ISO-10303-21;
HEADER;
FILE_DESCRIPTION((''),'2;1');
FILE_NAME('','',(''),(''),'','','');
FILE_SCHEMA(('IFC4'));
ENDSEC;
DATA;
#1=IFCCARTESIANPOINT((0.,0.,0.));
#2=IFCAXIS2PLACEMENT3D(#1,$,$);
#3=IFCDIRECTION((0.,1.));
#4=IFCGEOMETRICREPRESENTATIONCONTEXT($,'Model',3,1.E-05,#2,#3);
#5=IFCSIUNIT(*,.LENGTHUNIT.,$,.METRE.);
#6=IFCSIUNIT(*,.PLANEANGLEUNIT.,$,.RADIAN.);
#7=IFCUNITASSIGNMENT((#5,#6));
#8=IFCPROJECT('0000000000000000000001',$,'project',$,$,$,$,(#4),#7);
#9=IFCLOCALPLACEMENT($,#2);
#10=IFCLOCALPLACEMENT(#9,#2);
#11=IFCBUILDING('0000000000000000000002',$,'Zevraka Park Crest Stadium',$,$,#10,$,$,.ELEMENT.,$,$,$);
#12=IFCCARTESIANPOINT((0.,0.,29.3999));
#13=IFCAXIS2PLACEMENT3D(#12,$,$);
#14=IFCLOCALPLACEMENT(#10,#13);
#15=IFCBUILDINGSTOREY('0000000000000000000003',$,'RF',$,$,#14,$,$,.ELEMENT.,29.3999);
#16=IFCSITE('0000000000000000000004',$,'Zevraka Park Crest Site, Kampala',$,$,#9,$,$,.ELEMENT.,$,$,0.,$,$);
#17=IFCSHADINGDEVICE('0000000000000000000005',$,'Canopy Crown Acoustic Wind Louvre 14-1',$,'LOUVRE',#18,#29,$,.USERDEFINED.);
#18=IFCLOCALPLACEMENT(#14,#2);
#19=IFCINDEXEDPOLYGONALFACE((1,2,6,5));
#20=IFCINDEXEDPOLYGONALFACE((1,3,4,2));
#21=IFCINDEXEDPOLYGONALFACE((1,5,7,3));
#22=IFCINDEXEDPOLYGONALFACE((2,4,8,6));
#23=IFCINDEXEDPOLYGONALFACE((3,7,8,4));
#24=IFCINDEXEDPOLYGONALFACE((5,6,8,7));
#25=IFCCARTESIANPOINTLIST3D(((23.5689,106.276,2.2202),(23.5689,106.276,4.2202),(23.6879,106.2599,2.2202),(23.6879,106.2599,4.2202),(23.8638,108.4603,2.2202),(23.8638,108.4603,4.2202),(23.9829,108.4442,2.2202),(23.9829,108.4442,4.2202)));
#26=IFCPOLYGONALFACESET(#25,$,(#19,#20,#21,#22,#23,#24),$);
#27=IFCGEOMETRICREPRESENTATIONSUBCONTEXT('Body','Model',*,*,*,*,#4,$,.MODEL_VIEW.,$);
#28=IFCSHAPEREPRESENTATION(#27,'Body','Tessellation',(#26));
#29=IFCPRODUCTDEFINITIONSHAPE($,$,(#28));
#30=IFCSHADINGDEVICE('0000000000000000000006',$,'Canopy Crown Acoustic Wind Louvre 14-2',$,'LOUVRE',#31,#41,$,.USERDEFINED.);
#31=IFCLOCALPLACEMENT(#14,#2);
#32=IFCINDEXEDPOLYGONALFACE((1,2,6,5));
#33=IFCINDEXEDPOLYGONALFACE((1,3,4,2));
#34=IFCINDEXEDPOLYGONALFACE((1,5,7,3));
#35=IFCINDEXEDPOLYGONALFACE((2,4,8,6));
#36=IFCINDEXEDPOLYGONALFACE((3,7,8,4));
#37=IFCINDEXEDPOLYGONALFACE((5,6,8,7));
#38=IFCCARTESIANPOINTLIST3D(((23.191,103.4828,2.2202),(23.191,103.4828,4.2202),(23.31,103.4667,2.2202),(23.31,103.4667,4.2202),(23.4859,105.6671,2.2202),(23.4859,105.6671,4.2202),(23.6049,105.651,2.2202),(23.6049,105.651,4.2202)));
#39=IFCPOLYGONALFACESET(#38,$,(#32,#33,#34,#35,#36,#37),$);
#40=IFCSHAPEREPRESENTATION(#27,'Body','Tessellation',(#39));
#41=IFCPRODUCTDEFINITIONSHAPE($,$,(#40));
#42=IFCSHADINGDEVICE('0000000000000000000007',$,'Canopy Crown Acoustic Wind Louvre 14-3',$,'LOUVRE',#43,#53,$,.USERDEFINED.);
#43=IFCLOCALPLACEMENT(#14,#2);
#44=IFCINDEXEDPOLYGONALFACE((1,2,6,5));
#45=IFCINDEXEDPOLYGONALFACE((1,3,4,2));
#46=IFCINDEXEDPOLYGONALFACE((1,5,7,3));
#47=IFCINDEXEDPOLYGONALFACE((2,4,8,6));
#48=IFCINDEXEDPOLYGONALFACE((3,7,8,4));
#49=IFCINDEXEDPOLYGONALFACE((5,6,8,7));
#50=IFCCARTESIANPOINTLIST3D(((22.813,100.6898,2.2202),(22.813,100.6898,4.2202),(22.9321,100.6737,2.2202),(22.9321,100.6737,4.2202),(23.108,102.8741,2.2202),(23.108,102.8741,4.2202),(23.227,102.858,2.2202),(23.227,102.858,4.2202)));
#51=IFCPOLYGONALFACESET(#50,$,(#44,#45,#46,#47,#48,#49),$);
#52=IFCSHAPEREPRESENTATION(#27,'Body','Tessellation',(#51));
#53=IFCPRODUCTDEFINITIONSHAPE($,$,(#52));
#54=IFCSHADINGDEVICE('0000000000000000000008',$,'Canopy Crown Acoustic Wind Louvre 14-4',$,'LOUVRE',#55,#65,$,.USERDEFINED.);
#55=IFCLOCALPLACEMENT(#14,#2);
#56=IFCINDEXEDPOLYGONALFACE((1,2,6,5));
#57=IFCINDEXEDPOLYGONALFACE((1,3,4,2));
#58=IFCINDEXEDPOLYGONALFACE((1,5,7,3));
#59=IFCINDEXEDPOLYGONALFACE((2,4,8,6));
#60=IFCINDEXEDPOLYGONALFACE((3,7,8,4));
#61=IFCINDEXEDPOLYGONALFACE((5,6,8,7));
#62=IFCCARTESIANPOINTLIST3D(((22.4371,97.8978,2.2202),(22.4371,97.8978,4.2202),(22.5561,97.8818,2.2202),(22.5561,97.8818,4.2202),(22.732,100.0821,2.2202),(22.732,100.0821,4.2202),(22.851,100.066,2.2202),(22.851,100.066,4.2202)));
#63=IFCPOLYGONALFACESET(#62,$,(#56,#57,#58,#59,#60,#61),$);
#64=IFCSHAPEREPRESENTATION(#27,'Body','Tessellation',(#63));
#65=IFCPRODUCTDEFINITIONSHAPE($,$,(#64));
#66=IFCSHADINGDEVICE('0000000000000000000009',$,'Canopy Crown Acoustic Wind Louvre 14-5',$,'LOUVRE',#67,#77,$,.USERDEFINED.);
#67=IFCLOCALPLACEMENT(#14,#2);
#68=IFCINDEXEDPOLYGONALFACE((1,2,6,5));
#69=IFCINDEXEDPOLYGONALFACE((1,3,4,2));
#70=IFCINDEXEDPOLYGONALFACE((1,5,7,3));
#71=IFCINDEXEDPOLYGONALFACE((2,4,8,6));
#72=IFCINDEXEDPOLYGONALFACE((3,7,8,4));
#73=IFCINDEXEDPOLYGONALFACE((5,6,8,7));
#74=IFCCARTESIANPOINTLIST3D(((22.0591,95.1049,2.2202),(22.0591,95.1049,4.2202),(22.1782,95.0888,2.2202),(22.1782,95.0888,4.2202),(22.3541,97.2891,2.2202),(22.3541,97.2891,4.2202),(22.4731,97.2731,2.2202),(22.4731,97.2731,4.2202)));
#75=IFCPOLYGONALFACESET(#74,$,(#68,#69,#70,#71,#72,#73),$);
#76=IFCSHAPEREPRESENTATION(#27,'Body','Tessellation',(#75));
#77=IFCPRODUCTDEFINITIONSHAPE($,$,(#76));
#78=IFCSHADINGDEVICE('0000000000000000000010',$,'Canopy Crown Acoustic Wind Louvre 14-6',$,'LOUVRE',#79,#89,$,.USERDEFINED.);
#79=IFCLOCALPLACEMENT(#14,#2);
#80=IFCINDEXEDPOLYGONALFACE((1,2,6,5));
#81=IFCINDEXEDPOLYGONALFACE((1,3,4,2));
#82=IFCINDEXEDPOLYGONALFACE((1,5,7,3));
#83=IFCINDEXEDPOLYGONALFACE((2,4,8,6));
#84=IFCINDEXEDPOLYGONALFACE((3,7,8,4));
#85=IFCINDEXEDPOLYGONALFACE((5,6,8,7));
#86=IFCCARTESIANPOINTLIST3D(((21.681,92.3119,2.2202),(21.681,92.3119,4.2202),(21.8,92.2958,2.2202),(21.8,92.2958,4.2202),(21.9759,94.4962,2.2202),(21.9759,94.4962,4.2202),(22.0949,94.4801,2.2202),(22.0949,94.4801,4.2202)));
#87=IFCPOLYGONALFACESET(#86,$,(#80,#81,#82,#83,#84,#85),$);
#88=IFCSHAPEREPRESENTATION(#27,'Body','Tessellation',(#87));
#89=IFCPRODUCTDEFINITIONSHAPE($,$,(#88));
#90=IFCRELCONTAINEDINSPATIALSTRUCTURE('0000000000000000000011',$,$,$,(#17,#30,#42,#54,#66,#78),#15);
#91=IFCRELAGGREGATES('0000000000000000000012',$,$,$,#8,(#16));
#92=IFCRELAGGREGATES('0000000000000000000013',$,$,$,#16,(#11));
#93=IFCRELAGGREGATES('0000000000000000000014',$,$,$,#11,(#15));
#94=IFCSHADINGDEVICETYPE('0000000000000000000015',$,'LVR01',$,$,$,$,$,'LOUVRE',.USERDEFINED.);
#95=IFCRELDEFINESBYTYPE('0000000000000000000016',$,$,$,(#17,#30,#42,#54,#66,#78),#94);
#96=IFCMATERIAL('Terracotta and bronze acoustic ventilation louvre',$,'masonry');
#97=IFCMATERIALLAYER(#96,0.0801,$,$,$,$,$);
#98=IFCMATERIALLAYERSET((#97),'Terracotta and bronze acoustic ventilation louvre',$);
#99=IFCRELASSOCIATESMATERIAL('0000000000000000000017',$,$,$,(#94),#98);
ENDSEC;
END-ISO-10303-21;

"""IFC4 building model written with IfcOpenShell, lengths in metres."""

from ifc_helpers import new_model, si_unit, direction, frame, origin, origin_2d, place, context, subcontext, project, spatial, rectangle, extrude, material, layer, layer_set, type_object, element, save


model = new_model("IFC4")

# Units and contexts
model_context = context("Model", 3, precision=1e-05, world=origin(), true_north=direction((0.0, 1.0)))
body_context = subcontext(model_context, "Body", "Model", "MODEL_VIEW")
ifc_project = project(units=[si_unit("LENGTHUNIT", "METRE"), si_unit("PLANEANGLEUNIT", "RADIAN")], contexts=[model_context])

# Site, building, storey
site_placement = place(None, origin())
site = spatial("IfcSite", under=ifc_project, at=site_placement, Name="Zevraka Park Crest Site, Kampala", CompositionType="ELEMENT", RefElevation=0.0)
building_placement = place(site_placement, origin())
building = spatial("IfcBuilding", under=site, at=building_placement, Name="Zevraka Park Crest Stadium", CompositionType="ELEMENT")
storey_placement = place(building_placement, frame((0.0, 0.0, 29.3999)))
storey = spatial("IfcBuildingStorey", under=building, at=storey_placement, Name="RF", CompositionType="ELEMENT", Elevation=29.3999)

# Shading devices
ifc_material_1 = material(Name="Terracotta and bronze acoustic ventilation louvre", Category="masonry")
ifc_layer_1 = layer(ifc_material_1, 0.0801)
ifc_layer_set_1 = layer_set([ifc_layer_1], Name="Terracotta and bronze acoustic ventilation louvre")
shading_device_type = type_object("IfcShadingDeviceType", Name="LVR01", ElementType="LOUVRE", PredefinedType="USERDEFINED", material=ifc_layer_set_1)
for number, where, z_axis, x_axis, name in (
    (1, (23.7759, 107.3601, 2.2202), (0.0, 0.0, 1.0), (-0.133813, -0.991007, 0.0), "Canopy Crown Acoustic Wind Louvre 14-1"),
    (2, (23.3979, 104.5669, 2.2202), (0.0, 0.0, 1.0), (-0.133813, -0.991007, 0.0), "Canopy Crown Acoustic Wind Louvre 14-2"),
    (3, (23.02, 101.7739, 2.2202), (0.0, 0.0, 1.0), (-0.133813, -0.991007, 0.0), "Canopy Crown Acoustic Wind Louvre 14-3"),
    (4, (22.644, 98.9819, 2.2202), (0.0, 0.0, 1.0), (-0.133813, -0.991007, 0.0), "Canopy Crown Acoustic Wind Louvre 14-4"),
    (5, (22.2661, 96.189, 2.2202), (0.0, 0.0, 1.0), (-0.133813, -0.991007, 0.0), "Canopy Crown Acoustic Wind Louvre 14-5"),
    (6, (21.8879, 93.396, 2.2202), (0.0, 0.0, 1.0), (-0.133813, -0.991007, 0.0), "Canopy Crown Acoustic Wind Louvre 14-6"),
):
    element("IfcShadingDevice", number, at=place(storey_placement, frame(where, z_axis=z_axis, x_axis=x_axis)), inside=storey, type_object=shading_device_type, Name=name, ObjectType="LOUVRE", PredefinedType="USERDEFINED", context=body_context, shape_type="SweptSolid", body=[
        extrude(rectangle(XDim=2.2041, YDim=0.1201, at=origin_2d()), origin(), (0.0, 0.0, 1.0), 2.0),
    ])

save(model, "model.ifc")
